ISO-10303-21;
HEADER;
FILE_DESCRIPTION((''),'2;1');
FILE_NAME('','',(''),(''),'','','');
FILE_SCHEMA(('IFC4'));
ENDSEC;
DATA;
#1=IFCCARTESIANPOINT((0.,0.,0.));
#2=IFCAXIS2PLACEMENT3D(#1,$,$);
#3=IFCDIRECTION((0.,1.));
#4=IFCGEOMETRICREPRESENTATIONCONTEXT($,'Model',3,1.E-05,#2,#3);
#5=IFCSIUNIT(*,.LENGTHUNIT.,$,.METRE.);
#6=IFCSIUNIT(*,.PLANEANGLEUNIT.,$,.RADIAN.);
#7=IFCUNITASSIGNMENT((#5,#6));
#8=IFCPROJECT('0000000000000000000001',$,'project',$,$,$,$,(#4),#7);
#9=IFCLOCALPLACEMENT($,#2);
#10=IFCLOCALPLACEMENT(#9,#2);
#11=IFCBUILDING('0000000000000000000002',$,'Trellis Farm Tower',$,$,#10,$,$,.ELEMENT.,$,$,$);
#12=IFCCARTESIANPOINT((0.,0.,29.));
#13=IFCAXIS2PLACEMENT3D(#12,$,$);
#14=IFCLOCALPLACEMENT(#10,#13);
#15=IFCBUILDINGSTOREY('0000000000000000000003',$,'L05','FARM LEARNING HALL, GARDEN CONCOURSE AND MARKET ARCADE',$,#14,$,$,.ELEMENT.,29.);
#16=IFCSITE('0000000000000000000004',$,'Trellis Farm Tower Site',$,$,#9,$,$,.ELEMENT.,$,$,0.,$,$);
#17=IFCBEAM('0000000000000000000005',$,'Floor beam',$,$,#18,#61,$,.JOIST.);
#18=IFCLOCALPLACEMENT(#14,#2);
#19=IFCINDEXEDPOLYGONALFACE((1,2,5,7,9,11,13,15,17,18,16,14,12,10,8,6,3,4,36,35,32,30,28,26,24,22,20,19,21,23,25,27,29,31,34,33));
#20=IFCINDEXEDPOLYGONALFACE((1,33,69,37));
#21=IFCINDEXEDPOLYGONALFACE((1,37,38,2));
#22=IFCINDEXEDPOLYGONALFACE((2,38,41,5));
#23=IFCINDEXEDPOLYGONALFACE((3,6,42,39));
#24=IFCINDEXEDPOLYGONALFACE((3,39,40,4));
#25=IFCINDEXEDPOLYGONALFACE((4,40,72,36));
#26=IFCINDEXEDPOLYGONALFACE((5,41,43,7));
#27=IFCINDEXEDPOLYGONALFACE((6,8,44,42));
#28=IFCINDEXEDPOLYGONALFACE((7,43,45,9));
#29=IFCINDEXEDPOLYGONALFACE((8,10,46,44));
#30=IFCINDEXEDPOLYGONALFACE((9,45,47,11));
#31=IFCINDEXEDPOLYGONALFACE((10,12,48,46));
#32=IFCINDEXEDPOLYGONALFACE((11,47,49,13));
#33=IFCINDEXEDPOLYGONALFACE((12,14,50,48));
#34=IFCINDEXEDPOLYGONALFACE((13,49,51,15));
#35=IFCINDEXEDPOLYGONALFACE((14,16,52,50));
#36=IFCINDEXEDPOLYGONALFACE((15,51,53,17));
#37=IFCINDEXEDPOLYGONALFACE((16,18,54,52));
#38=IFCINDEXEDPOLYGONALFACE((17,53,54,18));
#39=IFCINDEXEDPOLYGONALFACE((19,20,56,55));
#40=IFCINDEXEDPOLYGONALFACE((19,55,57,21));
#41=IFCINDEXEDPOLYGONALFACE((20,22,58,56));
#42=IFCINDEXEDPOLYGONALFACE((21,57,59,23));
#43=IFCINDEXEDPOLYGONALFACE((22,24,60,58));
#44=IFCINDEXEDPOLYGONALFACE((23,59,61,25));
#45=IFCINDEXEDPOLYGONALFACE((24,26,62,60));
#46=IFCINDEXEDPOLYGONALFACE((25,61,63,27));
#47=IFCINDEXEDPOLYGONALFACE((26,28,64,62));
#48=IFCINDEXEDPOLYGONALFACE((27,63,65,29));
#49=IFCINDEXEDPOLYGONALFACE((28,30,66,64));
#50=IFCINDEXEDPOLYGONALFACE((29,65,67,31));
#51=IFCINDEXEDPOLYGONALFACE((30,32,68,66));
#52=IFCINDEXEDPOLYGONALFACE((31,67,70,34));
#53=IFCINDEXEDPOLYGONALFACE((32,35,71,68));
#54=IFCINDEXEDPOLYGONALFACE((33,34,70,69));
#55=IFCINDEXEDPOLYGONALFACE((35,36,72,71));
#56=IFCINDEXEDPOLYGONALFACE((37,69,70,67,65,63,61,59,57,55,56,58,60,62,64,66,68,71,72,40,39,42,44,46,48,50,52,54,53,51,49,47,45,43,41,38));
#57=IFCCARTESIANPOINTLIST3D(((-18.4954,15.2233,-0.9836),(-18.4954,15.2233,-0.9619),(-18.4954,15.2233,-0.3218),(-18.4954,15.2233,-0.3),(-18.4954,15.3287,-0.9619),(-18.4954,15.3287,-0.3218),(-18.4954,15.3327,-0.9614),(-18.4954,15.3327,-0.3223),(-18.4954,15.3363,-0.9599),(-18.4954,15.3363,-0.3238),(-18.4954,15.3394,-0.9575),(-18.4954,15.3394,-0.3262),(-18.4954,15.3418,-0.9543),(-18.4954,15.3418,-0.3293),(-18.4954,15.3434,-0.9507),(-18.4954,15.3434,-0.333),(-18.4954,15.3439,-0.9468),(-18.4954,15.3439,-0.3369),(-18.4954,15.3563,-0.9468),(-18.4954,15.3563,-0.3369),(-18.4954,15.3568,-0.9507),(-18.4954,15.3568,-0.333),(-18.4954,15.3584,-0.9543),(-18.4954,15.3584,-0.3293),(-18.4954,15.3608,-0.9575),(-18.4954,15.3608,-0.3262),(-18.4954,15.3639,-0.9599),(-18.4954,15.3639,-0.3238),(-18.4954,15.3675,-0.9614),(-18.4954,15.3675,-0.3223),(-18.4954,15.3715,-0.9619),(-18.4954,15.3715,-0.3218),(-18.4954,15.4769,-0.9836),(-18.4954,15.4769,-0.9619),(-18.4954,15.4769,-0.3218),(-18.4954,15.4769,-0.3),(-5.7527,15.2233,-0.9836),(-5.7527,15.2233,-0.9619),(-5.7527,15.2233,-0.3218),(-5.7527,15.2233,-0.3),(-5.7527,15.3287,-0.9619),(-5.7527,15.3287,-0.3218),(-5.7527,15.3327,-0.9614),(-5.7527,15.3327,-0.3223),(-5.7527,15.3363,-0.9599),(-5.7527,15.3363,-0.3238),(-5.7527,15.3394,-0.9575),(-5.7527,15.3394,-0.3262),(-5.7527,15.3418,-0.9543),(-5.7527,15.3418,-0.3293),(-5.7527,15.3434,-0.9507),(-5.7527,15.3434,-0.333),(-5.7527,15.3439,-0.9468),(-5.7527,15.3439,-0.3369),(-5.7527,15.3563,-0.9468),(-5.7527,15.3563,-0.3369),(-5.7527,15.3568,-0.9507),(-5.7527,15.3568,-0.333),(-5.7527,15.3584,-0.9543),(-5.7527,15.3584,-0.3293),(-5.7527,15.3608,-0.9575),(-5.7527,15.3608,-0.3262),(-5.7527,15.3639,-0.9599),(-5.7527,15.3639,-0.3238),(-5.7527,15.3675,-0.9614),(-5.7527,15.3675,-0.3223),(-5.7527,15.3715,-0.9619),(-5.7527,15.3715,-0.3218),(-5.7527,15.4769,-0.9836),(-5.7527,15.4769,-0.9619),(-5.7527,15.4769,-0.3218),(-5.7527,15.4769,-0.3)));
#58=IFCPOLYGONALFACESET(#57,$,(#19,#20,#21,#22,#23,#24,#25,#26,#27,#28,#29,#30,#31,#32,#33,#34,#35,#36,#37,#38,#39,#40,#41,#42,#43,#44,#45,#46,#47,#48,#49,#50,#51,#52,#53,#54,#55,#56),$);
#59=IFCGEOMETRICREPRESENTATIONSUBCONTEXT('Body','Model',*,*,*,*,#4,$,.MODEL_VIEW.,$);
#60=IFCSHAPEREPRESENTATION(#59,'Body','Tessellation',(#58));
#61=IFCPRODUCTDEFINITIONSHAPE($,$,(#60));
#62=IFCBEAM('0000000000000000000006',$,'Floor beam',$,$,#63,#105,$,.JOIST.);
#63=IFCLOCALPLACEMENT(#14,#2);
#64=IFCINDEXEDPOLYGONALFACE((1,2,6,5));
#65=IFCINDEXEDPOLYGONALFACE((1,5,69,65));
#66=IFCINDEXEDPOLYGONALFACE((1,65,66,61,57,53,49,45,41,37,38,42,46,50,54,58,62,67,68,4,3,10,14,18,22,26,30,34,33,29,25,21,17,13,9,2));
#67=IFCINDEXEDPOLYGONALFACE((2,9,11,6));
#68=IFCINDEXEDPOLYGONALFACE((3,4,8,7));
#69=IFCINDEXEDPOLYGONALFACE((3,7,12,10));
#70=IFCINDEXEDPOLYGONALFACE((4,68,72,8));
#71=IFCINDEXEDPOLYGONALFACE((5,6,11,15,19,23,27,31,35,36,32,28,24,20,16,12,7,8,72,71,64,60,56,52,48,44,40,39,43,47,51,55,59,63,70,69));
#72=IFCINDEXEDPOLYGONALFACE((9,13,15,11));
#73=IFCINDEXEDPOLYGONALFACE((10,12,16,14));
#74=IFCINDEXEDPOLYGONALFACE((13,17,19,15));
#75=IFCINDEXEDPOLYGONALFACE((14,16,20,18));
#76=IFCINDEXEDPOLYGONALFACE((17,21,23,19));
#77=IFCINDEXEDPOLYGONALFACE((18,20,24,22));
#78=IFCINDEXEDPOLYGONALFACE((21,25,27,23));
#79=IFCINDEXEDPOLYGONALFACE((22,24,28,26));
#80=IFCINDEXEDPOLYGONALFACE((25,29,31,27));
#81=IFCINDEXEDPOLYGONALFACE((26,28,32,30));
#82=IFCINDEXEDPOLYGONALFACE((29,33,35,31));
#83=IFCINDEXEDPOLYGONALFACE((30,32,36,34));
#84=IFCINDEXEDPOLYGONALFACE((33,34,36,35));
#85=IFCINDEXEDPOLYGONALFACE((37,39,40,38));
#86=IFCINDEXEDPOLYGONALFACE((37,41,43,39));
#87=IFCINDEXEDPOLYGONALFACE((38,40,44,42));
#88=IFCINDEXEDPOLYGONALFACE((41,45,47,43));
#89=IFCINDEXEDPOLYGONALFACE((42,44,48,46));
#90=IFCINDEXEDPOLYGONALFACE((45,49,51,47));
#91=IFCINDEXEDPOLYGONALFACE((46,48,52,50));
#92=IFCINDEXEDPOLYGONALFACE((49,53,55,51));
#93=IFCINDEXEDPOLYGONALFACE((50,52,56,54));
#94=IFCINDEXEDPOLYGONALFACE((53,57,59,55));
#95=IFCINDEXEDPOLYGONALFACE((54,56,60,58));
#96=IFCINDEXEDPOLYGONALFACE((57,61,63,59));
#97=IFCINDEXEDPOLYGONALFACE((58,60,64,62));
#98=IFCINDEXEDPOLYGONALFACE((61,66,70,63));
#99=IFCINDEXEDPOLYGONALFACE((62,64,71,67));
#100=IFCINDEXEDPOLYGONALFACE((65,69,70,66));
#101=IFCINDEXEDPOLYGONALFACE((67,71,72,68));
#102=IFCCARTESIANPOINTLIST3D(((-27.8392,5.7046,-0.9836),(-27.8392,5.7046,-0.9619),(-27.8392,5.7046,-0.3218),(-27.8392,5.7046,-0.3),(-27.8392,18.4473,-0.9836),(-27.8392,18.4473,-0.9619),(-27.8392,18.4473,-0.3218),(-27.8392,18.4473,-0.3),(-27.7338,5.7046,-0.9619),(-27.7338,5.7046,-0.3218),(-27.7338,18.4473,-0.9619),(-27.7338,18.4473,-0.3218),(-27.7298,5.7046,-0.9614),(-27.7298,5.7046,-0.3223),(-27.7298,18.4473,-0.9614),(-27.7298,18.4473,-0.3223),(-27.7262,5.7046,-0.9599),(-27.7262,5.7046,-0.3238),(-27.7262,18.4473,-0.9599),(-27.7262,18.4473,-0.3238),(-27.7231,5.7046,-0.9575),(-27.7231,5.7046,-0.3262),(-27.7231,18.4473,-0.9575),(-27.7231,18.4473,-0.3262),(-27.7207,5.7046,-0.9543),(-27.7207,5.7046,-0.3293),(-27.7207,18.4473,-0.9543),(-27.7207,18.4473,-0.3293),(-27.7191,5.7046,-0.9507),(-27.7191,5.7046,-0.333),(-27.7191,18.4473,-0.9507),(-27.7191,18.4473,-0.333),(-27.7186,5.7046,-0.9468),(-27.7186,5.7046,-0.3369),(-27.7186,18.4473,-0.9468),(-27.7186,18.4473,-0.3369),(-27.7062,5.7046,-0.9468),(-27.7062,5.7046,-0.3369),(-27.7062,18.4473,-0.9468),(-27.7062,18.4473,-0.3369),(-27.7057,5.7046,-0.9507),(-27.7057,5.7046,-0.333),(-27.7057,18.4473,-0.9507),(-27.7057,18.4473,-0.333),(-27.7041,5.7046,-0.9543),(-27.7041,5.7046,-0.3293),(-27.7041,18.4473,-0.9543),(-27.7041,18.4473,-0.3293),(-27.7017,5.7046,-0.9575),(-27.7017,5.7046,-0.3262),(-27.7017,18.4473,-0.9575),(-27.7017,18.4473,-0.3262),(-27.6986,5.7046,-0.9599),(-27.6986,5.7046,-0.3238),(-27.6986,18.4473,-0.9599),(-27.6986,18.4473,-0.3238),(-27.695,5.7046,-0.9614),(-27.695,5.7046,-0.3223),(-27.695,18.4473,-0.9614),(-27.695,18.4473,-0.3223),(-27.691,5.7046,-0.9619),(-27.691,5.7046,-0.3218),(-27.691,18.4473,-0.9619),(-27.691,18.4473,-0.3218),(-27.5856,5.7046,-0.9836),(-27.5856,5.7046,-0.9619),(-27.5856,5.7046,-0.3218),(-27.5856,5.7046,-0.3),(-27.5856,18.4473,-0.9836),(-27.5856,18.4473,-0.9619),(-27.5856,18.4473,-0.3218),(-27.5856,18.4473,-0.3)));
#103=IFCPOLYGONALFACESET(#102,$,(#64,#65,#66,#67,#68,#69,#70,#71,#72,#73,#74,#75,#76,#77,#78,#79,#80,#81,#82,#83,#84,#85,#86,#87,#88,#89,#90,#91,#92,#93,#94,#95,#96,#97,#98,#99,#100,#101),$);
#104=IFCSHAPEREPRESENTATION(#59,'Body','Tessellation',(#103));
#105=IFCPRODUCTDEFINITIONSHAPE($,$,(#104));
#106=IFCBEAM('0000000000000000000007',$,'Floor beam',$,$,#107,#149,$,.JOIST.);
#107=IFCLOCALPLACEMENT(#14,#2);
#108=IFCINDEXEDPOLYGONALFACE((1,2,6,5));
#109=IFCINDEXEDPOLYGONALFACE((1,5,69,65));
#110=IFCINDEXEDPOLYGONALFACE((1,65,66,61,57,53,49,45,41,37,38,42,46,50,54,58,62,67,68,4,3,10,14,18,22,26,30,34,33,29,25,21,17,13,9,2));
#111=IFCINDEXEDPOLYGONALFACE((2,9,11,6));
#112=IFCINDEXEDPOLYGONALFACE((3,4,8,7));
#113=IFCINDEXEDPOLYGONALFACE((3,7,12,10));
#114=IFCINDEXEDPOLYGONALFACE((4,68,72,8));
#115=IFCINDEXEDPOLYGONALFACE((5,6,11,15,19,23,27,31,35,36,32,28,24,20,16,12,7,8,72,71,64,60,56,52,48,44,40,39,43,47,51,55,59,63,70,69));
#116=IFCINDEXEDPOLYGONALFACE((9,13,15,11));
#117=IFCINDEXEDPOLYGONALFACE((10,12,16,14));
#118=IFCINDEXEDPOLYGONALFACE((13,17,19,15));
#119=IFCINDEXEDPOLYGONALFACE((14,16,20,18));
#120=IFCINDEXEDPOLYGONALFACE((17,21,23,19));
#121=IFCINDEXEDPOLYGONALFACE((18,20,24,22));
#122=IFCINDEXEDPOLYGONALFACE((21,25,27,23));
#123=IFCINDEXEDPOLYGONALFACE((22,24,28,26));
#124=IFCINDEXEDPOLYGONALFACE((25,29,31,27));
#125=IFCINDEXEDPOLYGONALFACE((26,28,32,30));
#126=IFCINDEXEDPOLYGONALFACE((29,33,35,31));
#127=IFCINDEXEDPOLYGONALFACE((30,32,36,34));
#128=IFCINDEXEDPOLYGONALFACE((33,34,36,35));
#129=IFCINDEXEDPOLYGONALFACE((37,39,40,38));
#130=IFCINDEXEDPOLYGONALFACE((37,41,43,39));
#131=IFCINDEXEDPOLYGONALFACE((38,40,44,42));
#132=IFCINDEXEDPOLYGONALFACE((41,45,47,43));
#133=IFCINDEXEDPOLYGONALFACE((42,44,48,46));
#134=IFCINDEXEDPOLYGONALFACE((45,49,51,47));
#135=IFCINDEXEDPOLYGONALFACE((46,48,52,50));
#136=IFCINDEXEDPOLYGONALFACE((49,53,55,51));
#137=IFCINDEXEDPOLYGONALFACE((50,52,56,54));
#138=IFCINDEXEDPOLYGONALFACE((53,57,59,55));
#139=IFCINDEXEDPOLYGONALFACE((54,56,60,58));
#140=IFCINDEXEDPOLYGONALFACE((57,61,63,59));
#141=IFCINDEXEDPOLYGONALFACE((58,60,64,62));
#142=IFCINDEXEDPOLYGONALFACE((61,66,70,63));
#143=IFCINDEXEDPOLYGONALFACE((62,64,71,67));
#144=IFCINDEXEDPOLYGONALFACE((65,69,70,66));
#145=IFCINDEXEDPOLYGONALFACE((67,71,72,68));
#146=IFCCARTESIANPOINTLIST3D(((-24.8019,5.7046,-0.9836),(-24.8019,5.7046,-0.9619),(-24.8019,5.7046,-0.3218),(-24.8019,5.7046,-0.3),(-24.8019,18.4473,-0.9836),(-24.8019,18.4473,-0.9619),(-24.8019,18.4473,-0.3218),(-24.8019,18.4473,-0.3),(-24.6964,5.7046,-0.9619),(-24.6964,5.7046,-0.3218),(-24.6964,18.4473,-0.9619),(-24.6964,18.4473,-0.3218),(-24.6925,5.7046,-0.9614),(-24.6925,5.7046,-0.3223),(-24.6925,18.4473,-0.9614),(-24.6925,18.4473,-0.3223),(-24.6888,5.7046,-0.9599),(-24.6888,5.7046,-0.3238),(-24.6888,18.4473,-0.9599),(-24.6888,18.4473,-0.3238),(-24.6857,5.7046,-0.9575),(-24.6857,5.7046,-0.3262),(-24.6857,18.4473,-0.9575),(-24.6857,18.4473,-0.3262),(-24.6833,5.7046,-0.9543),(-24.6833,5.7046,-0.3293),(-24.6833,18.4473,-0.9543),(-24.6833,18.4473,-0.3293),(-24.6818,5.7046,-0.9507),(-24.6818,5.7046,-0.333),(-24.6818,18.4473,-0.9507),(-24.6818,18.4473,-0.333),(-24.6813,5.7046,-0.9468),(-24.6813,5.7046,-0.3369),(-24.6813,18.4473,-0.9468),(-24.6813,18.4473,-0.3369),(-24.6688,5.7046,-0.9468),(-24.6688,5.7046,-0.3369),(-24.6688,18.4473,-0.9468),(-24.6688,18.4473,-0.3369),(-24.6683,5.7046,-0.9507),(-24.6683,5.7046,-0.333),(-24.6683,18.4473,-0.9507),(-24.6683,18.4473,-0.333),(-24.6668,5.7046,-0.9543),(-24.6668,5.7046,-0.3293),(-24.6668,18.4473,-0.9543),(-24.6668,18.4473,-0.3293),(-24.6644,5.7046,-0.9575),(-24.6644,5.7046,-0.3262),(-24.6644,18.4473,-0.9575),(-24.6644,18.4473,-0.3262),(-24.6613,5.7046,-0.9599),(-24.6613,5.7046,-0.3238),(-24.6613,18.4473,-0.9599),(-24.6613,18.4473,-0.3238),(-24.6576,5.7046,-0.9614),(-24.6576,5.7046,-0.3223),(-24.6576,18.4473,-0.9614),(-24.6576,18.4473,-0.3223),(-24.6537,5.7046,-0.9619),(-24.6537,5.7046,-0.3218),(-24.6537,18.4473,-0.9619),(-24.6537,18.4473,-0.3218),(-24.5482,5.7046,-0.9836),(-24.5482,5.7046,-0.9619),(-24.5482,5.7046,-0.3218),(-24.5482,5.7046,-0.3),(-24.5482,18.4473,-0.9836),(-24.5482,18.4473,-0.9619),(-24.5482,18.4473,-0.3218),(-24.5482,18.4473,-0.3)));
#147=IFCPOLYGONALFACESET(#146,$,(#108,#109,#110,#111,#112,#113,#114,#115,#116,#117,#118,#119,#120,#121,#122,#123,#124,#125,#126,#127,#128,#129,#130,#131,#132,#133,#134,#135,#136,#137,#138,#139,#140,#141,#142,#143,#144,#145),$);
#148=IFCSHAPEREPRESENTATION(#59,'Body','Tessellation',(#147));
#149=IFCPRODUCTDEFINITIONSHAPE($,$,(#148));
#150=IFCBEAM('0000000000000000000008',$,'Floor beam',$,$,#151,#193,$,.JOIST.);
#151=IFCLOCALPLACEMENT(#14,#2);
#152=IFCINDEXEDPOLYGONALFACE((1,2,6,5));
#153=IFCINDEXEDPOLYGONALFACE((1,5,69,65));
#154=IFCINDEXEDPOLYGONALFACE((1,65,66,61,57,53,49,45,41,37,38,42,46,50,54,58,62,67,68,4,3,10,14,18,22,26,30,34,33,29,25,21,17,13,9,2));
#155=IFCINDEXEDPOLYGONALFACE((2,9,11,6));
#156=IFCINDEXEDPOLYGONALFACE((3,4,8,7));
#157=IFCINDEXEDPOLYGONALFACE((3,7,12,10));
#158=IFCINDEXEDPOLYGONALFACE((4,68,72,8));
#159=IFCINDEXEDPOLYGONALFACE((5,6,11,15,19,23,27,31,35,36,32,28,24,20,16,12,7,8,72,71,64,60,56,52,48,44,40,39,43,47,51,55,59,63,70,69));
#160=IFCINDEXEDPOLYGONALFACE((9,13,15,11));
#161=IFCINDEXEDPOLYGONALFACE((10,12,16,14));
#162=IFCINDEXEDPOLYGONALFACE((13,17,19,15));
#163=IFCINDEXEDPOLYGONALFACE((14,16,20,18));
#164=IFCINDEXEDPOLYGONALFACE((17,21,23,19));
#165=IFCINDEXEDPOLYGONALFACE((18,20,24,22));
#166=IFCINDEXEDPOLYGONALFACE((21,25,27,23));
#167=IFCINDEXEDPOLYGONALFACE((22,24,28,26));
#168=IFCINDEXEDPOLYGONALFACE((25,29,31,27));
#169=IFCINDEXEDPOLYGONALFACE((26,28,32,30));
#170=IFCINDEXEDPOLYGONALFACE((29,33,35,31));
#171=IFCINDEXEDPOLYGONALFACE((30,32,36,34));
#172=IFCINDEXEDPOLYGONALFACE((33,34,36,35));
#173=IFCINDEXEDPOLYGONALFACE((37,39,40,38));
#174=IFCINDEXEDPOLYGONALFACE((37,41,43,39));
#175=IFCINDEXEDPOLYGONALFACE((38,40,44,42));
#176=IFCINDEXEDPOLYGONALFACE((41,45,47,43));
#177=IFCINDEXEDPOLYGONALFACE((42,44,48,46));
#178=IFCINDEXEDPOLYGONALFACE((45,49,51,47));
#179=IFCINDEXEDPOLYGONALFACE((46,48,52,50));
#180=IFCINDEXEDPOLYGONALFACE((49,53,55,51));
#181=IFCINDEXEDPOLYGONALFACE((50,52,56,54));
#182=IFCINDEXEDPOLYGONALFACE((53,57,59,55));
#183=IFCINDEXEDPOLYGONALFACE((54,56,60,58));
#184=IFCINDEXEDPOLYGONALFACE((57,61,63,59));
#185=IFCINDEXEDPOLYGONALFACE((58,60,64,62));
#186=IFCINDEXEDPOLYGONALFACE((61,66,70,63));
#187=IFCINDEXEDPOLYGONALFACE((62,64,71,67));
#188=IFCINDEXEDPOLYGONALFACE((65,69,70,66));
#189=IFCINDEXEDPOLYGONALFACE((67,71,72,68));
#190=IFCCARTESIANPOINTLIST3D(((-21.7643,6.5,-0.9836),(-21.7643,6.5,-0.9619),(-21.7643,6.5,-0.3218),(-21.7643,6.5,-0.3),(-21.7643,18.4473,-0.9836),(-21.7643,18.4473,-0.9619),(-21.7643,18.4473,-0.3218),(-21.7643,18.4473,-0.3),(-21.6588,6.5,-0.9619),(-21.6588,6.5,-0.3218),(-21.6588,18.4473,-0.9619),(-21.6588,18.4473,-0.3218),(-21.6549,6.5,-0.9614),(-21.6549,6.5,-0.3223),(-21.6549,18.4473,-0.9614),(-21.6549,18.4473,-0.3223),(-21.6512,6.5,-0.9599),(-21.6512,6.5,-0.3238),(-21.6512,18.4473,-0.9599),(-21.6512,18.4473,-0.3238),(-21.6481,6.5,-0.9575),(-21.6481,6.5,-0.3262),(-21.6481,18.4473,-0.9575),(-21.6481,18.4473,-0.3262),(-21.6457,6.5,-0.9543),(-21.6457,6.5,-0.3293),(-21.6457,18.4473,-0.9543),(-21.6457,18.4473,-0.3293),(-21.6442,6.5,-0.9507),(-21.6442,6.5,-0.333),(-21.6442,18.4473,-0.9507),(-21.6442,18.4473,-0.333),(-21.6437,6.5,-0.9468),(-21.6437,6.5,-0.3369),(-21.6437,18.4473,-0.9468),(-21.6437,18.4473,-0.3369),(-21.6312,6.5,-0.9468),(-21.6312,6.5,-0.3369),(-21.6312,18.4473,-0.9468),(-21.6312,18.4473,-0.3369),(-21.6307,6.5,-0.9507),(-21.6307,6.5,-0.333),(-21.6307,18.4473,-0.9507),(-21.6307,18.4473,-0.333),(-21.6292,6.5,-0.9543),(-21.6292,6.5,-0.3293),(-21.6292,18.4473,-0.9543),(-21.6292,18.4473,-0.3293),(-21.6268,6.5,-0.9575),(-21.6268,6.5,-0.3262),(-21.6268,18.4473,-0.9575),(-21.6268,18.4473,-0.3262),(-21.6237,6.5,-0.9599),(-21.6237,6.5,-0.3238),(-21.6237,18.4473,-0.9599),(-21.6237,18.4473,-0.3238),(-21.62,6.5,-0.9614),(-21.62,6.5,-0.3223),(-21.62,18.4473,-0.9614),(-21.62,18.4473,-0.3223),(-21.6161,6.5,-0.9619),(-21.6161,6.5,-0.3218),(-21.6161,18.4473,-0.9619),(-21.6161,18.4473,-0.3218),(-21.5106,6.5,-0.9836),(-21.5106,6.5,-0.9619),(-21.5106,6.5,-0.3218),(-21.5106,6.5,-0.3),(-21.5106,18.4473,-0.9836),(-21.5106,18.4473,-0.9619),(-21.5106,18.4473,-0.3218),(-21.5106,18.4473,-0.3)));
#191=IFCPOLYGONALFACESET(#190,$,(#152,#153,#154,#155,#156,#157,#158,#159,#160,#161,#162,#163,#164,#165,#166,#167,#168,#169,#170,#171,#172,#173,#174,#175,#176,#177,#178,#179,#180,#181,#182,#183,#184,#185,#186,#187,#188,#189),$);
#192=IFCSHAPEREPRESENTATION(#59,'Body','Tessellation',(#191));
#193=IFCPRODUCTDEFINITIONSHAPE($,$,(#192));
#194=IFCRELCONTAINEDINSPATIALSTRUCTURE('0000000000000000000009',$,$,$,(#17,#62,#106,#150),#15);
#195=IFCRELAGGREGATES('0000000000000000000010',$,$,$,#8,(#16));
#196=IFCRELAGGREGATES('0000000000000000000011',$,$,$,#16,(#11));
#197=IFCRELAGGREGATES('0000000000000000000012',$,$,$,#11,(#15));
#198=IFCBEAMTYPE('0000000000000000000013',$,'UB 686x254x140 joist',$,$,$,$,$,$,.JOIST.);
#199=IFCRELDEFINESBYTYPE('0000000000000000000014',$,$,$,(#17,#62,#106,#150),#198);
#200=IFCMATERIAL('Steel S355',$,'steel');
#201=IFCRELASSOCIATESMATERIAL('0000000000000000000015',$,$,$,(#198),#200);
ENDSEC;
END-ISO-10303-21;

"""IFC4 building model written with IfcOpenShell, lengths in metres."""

from ifc_helpers import new_model, si_unit, direction, frame, origin, origin_2d, place, context, subcontext, project, spatial, i_section, extrude, source, transform, mapped, material, material_profile, profile_set, type_object, element, save


model = new_model("IFC4")

# Units and contexts
model_context = context("Model", 3, precision=1e-05, world=origin(), true_north=direction((0.0, 1.0)))
body_context = subcontext(model_context, "Body", "Model", "MODEL_VIEW")
ifc_project = project(units=[si_unit("LENGTHUNIT", "METRE"), si_unit("PLANEANGLEUNIT", "RADIAN")], contexts=[model_context])

# Site, building, storey
site_placement = place(None, origin())
site = spatial("IfcSite", under=ifc_project, at=site_placement, Name="Trellis Farm Tower Site", CompositionType="ELEMENT", RefElevation=0.0)
building_placement = place(site_placement, origin())
building = spatial("IfcBuilding", under=site, at=building_placement, Name="Trellis Farm Tower", CompositionType="ELEMENT")
storey_placement = place(building_placement, frame((0.0, 0.0, 29.0)))
storey = spatial("IfcBuildingStorey", under=building, at=storey_placement, Name="L05", Description="FARM LEARNING HALL, GARDEN CONCOURSE AND MARKET ARCADE", CompositionType="ELEMENT", Elevation=29.0)

# Beams
ifc_material_1 = material(Name="Steel S355", Category="steel")
ifc_material_profile_1 = material_profile(ifc_material_1, i_section(OverallWidth=0.2537, OverallDepth=0.6836, WebThickness=0.0125, FlangeThickness=0.0217, FilletRadius=0.0151, at=origin_2d()), Name="UB 686x254x140")
ifc_profile_set_1 = profile_set([ifc_material_profile_1], Name="Steel S355")
beam_type_1 = type_object("IfcBeamType", Name="UB 686x254x140 joist", PredefinedType="JOIST", material=ifc_profile_set_1)
shared_shape_1 = source(origin(), body_context, "Body", "SweptSolid", [
    extrude(i_section(OverallWidth=0.2537, OverallDepth=0.6836, WebThickness=0.0125, FlangeThickness=0.0217, FilletRadius=0.0151, at=origin_2d()), origin(), (0.0, 0.0, 1.0), 12.7427),
])
for number, where, z_axis, x_axis, name in (
    (1, (-18.4954, 15.3501, -0.6418), (1.0, 0.0, 0.0), (0.0, 1.0, 0.0), "Floor beam"),
    (2, (-27.7124, 5.7046, -0.6418), (0.0, 1.0, 0.0), (-1.0, 0.0, 0.0), "Floor beam"),
    (3, (-24.675, 5.7046, -0.6418), (0.0, 1.0, 0.0), (-1.0, 0.0, 0.0), "Floor beam"),
):
    element("IfcBeam", number, at=place(storey_placement, frame(where, z_axis=z_axis, x_axis=x_axis)), inside=storey, type_object=beam_type_1, Name=name, PredefinedType="JOIST", context=body_context, shape_type="MappedRepresentation", body=[
        mapped(shared_shape_1, transform((0.0, 0.0, 0.0))),
    ])
shared_shape_2 = source(origin(), body_context, "Body", "SweptSolid", [
    extrude(i_section(OverallWidth=0.2537, OverallDepth=0.6836, WebThickness=0.0125, FlangeThickness=0.0217, FilletRadius=0.0151, at=origin_2d()), origin(), (0.0, 0.0, 1.0), 11.9473),
])
beam_1_placement = place(storey_placement, frame((-21.6375, 6.5, -0.6418), z_axis=(0.0, 1.0, 0.0), x_axis=(-1.0, 0.0, 0.0)))
element("IfcBeam", 4, at=beam_1_placement, inside=storey, type_object=beam_type_1, Name="Floor beam", PredefinedType="JOIST", context=body_context, shape_type="MappedRepresentation", body=[
    mapped(shared_shape_2, transform((0.0, 0.0, 0.0))),
])

save(model, "model.ifc")
